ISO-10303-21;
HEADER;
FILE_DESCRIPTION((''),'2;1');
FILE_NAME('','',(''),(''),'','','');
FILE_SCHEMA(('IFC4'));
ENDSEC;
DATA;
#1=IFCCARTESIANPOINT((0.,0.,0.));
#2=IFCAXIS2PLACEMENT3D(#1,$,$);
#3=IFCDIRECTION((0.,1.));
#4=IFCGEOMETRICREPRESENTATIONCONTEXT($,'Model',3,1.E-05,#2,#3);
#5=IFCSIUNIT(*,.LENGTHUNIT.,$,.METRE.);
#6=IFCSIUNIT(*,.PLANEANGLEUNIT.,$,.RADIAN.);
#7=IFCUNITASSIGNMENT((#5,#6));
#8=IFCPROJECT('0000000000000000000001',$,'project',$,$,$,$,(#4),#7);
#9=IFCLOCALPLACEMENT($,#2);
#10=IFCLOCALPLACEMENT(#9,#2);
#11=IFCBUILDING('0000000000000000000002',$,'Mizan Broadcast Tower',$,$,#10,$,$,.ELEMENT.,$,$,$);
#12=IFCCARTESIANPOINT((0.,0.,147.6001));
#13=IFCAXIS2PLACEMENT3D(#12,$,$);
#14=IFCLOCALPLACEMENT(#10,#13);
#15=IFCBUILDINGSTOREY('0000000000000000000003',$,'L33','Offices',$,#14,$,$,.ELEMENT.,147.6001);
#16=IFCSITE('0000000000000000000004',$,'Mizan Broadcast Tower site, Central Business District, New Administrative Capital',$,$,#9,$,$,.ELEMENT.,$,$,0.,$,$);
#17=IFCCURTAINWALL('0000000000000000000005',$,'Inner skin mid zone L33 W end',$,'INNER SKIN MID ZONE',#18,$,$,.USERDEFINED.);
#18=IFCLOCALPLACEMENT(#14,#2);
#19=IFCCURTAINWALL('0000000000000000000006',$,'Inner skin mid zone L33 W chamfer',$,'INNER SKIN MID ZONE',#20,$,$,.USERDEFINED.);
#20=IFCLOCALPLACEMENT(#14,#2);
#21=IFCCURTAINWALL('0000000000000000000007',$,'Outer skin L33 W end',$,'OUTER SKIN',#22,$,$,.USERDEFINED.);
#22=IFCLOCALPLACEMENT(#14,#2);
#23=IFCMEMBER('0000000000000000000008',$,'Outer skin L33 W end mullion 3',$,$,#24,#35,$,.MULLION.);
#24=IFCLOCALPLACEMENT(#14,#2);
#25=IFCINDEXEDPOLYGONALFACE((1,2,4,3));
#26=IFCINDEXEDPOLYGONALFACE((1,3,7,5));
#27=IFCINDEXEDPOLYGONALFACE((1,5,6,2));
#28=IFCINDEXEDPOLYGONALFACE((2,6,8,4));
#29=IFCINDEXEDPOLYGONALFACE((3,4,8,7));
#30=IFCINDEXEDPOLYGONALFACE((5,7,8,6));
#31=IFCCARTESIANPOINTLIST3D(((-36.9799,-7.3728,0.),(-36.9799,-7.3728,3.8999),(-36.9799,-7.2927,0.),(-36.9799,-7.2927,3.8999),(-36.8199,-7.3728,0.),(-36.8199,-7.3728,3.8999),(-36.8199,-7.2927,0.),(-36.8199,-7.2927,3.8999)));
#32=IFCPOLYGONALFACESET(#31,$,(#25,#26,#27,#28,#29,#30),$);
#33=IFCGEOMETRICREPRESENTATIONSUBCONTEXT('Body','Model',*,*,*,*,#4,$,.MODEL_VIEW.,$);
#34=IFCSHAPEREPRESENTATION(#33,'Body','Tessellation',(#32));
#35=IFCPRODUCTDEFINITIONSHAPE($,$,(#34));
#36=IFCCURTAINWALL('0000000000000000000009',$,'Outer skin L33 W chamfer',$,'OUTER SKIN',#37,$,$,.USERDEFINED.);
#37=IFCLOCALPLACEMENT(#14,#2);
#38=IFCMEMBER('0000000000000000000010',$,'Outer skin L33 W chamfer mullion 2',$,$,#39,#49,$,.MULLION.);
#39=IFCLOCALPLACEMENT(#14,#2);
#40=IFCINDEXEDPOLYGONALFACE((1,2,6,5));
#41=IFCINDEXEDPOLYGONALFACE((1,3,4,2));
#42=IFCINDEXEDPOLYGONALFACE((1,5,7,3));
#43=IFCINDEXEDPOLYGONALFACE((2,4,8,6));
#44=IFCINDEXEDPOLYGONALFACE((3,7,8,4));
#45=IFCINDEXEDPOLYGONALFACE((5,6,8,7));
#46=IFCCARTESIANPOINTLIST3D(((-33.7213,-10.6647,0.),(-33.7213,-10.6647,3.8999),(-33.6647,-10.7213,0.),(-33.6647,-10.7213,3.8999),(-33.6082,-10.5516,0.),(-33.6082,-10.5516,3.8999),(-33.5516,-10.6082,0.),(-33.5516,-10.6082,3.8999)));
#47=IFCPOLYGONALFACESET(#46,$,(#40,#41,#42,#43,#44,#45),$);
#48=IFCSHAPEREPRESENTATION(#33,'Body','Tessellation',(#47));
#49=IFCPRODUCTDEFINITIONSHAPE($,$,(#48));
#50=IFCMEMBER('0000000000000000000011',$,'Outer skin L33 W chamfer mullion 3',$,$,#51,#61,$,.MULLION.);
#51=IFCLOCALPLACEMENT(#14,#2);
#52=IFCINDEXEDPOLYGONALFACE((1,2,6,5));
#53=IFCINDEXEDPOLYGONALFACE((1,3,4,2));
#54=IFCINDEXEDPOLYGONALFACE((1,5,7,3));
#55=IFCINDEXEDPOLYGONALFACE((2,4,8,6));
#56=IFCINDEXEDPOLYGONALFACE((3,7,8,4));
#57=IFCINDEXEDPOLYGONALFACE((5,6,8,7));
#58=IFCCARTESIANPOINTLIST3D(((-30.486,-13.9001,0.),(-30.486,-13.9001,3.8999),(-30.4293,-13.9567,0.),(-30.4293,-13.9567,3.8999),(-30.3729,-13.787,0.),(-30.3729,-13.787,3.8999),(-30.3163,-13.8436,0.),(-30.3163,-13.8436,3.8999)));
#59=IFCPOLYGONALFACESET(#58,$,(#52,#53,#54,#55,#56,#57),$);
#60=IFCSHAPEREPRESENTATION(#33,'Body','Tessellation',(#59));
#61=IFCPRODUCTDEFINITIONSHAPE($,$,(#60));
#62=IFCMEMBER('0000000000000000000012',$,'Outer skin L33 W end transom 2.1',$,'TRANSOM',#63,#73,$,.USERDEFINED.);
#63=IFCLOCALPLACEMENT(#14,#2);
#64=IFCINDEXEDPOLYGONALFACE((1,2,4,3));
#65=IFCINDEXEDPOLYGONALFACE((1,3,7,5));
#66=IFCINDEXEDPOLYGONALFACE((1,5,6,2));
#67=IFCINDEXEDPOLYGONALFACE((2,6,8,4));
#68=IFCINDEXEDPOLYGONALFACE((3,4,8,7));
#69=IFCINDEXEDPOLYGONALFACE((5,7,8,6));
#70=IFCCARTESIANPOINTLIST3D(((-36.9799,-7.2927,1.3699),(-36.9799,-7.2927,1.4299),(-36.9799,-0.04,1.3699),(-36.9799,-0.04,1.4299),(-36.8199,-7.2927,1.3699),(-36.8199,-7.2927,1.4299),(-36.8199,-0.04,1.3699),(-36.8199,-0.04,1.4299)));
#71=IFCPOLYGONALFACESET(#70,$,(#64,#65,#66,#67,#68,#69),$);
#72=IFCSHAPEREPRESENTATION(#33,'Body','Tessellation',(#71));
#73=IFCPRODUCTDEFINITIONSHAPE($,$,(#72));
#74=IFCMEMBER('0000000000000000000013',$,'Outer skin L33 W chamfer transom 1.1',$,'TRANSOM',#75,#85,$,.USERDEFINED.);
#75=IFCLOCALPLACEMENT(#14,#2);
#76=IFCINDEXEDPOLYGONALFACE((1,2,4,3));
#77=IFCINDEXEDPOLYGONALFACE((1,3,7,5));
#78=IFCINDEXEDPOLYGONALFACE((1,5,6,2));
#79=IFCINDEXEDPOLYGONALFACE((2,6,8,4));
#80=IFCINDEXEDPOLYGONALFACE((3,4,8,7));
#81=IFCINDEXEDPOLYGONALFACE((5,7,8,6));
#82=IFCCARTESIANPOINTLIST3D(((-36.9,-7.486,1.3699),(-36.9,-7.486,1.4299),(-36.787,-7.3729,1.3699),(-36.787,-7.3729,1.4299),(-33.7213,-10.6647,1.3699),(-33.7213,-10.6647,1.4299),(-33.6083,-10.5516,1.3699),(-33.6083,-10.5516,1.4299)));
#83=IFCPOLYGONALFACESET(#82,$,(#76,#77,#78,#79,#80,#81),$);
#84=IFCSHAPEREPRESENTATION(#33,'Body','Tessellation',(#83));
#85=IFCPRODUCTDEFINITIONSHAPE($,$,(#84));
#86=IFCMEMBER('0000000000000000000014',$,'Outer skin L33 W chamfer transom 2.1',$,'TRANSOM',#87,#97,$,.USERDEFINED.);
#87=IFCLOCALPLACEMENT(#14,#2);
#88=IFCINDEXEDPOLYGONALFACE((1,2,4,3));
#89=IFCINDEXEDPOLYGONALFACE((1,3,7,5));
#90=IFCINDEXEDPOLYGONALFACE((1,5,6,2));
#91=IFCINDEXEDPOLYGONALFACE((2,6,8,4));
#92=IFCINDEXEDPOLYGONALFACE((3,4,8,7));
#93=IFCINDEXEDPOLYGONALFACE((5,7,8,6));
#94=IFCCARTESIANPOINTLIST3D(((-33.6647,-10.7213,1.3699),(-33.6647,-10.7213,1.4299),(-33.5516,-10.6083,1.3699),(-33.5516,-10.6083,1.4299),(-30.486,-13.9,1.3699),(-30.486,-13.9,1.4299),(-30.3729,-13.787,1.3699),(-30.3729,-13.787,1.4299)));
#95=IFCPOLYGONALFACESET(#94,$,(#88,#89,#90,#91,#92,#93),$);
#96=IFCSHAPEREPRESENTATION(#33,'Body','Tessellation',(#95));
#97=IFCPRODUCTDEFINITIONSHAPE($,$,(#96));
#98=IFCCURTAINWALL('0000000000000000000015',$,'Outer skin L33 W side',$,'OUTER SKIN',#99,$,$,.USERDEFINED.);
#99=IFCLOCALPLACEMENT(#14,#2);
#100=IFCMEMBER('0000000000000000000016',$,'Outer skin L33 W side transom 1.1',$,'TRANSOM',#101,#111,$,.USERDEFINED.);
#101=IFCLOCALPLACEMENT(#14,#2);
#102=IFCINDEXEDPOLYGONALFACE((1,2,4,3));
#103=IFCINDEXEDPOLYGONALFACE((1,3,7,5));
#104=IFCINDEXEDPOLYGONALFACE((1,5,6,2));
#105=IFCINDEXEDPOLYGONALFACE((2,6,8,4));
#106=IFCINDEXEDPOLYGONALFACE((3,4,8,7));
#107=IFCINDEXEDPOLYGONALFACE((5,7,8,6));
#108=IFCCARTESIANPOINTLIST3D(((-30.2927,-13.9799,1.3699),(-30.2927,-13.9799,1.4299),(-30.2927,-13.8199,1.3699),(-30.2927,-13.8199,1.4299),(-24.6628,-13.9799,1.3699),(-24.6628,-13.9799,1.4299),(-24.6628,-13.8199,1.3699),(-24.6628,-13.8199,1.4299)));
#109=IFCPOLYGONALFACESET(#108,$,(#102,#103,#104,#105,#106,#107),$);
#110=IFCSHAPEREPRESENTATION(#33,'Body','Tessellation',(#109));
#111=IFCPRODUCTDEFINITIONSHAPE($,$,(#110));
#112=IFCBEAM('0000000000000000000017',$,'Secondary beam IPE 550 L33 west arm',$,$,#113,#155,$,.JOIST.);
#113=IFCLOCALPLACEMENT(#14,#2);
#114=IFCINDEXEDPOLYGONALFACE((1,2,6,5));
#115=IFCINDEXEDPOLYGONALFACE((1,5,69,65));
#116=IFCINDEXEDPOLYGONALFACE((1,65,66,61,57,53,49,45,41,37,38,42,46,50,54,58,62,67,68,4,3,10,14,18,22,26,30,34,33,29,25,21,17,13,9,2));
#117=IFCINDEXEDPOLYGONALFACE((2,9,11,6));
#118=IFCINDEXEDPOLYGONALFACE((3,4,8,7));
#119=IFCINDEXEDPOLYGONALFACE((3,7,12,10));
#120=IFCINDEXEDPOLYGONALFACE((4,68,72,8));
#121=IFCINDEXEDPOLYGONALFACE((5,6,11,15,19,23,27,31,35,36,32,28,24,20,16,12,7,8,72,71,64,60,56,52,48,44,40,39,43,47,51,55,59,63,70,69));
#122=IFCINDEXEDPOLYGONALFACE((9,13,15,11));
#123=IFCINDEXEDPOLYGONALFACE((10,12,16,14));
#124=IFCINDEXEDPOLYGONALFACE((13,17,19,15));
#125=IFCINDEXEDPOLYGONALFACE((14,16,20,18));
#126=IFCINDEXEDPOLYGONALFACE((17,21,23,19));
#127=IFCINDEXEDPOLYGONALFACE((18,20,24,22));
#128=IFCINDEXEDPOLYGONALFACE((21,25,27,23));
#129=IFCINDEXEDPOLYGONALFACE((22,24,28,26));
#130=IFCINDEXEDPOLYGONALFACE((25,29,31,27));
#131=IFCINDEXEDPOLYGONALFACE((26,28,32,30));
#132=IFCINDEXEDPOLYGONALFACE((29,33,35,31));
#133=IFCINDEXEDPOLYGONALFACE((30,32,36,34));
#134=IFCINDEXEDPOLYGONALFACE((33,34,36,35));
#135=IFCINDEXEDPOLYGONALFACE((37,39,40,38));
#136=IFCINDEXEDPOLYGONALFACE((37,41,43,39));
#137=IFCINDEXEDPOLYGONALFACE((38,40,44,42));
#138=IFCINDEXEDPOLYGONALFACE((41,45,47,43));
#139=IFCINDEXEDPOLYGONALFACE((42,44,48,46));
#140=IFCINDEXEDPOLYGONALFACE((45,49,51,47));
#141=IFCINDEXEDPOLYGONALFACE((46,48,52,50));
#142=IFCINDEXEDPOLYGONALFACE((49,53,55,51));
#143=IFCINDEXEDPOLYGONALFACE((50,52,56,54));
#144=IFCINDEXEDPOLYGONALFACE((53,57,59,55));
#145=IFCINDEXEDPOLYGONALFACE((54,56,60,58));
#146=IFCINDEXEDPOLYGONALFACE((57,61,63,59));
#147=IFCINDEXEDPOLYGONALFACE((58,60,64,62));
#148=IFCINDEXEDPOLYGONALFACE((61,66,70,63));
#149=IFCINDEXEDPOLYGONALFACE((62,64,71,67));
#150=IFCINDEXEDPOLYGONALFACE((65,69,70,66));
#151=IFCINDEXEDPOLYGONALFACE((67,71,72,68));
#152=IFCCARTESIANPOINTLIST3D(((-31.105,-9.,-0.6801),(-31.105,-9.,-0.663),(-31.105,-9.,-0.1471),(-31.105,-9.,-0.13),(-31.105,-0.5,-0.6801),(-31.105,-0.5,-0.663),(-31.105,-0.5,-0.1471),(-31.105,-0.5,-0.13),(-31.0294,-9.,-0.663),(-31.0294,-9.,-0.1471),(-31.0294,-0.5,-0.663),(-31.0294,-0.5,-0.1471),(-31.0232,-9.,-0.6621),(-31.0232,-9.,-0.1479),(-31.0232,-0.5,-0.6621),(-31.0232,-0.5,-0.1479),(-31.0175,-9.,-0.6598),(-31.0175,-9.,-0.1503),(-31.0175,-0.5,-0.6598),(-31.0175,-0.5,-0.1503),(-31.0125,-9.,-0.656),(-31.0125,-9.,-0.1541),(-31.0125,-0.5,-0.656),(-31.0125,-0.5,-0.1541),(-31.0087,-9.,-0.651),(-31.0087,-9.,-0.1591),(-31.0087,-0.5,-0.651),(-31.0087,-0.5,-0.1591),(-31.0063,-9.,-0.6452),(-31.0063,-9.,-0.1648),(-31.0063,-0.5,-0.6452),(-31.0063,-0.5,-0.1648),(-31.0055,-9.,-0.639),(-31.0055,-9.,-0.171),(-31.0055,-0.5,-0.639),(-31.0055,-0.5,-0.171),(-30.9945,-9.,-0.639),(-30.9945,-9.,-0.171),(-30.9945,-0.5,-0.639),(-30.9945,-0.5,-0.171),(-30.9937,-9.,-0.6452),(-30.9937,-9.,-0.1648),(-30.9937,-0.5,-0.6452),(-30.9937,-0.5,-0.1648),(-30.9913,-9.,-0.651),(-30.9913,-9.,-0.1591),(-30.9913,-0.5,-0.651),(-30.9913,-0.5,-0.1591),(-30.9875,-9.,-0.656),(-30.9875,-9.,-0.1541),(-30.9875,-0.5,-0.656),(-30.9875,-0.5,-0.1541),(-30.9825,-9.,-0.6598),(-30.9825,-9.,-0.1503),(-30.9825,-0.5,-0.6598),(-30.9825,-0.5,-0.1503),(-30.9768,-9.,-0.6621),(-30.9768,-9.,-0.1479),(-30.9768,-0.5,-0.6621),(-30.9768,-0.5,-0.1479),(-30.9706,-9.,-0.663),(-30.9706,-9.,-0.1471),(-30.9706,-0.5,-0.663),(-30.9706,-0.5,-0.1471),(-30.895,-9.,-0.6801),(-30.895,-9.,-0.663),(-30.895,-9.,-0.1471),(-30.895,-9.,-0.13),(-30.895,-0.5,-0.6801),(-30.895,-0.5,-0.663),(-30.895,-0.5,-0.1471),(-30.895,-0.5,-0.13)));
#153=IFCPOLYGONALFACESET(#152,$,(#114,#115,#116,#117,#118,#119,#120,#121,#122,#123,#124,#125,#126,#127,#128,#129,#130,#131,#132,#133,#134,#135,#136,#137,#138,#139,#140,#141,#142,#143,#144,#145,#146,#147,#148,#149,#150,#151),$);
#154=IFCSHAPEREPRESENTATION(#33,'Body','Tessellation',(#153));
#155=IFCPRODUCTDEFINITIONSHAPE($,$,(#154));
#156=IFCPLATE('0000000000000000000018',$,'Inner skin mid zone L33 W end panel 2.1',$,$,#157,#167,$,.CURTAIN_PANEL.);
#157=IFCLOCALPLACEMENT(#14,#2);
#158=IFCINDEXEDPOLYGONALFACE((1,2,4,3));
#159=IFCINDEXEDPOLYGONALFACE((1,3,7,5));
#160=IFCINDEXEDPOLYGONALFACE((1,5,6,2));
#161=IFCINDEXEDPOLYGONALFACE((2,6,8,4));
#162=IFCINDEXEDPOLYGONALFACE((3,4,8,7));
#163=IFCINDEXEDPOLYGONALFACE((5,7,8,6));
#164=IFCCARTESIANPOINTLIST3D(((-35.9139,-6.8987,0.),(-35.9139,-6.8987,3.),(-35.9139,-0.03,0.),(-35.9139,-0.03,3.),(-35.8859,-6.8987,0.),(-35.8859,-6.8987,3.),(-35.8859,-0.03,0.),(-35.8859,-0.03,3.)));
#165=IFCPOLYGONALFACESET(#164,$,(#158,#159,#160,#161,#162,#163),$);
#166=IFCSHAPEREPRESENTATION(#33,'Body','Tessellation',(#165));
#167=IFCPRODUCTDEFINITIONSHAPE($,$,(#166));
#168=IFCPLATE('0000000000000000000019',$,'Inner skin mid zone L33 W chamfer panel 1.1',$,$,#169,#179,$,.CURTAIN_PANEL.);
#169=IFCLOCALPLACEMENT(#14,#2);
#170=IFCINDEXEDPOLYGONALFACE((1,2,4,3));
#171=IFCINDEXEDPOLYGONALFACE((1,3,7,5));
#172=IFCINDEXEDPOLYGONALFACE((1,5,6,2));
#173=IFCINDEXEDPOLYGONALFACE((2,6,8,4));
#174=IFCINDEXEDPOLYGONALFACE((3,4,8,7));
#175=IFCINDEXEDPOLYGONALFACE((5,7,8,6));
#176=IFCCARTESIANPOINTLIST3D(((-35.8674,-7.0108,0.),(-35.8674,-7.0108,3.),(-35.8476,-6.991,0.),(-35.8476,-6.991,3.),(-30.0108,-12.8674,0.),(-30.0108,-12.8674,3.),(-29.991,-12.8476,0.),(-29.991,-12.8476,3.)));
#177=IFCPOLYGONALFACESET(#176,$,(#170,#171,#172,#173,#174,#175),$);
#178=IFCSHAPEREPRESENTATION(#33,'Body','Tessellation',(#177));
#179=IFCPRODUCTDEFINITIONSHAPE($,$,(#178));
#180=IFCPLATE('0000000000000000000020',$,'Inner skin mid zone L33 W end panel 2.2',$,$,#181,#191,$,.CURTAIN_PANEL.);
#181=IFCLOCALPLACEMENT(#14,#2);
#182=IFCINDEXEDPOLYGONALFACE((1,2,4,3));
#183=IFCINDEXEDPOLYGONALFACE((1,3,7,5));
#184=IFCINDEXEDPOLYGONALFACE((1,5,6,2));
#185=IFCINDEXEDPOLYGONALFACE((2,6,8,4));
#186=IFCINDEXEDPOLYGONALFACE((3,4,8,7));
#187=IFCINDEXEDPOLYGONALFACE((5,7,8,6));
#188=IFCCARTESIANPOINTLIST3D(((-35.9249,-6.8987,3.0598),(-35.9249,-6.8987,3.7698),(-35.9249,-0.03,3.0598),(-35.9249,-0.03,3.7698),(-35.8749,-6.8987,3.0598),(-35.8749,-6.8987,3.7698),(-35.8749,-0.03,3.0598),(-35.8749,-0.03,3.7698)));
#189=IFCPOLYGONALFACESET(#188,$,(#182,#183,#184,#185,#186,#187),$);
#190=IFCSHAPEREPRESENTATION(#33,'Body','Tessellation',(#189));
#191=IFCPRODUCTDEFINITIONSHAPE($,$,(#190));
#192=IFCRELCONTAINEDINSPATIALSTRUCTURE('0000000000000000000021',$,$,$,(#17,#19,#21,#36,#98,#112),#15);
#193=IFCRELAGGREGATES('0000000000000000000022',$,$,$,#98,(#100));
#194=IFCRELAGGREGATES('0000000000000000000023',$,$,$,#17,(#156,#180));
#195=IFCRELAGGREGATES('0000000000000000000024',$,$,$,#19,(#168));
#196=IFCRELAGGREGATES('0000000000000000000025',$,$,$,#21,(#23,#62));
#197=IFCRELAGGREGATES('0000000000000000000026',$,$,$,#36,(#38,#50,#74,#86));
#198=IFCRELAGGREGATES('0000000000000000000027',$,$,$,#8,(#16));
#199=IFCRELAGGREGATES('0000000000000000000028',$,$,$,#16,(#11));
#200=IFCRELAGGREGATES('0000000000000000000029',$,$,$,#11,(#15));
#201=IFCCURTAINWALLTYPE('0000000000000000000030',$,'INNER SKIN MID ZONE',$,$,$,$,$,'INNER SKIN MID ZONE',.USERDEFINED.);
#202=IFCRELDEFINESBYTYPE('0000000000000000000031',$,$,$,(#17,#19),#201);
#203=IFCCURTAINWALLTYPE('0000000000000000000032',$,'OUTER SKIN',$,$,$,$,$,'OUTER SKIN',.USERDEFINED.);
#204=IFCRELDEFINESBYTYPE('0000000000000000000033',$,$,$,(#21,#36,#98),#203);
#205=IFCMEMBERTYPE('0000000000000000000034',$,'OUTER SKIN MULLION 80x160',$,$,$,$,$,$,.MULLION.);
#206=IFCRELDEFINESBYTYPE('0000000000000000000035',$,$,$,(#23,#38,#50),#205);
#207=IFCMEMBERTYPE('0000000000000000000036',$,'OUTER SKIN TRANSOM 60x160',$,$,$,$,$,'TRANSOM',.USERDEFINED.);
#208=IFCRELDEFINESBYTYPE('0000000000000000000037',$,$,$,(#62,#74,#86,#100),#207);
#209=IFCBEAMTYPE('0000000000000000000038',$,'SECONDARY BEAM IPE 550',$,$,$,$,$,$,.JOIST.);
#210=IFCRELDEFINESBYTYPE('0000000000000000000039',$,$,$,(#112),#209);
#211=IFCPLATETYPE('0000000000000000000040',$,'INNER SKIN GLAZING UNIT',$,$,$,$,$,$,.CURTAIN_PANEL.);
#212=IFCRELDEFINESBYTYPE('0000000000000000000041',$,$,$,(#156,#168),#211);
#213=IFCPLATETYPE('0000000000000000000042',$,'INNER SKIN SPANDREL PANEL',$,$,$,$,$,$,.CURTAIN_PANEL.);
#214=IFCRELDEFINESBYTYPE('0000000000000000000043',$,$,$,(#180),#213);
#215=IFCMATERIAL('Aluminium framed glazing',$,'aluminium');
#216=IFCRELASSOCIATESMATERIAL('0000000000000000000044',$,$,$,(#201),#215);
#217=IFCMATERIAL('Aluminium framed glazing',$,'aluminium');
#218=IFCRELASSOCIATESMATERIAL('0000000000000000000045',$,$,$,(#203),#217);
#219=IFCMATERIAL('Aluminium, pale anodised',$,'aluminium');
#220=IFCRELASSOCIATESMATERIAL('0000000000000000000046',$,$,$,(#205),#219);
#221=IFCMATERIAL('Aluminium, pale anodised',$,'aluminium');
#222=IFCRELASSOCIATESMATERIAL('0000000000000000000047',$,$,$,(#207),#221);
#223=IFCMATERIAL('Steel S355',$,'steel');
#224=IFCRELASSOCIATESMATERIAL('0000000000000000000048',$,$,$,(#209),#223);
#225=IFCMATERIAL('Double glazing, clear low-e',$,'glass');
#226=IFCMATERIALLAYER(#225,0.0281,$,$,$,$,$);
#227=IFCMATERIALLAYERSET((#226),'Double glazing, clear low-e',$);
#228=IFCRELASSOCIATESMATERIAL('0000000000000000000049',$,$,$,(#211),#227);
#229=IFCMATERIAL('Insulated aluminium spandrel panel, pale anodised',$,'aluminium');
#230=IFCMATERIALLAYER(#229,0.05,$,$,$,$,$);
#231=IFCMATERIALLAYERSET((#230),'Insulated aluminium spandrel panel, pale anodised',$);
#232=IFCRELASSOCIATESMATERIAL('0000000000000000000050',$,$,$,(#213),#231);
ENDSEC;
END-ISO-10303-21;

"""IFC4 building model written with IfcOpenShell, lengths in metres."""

from ifc_helpers import new_model, si_unit, direction, frame, origin, origin_2d, place, context, subcontext, project, spatial, rectangle, i_section, extrude, material, layer, layer_set, material_profile, profile_set, type_object, element, aggregate, save


model = new_model("IFC4")

# Units and contexts
model_context = context("Model", 3, precision=1e-05, world=origin(), true_north=direction((0.0, 1.0)))
body_context = subcontext(model_context, "Body", "Model", "MODEL_VIEW")
ifc_project = project(units=[si_unit("LENGTHUNIT", "METRE"), si_unit("PLANEANGLEUNIT", "RADIAN")], contexts=[model_context])

# Site, building, storey
site_placement = place(None, origin())
site = spatial("IfcSite", under=ifc_project, at=site_placement, Name="Mizan Broadcast Tower site, Central Business District, New Administrative Capital", CompositionType="ELEMENT", RefElevation=0.0)
building_placement = place(site_placement, origin())
building = spatial("IfcBuilding", under=site, at=building_placement, Name="Mizan Broadcast Tower", CompositionType="ELEMENT")
storey_placement = place(building_placement, frame((0.0, 0.0, 147.6001)))
storey = spatial("IfcBuildingStorey", under=building, at=storey_placement, Name="L33", Description="Offices", CompositionType="ELEMENT", Elevation=147.6001)

# Curtain wall
ifc_material_1 = material(Name="Aluminium framed glazing", Category="aluminium")
curtain_wall_type_1 = type_object("IfcCurtainWallType", Name="INNER SKIN MID ZONE", ElementType="INNER SKIN MID ZONE", PredefinedType="USERDEFINED", material=ifc_material_1)
curtain_wall_1_placement = place(storey_placement, origin())
curtain_wall_1 = element("IfcCurtainWall", 1, at=curtain_wall_1_placement, inside=storey, type_object=curtain_wall_type_1, Name="Inner skin mid zone L33 W end", ObjectType="INNER SKIN MID ZONE", PredefinedType="USERDEFINED")

# Curtain wall
curtain_wall_2_placement = place(storey_placement, origin())
curtain_wall_2 = element("IfcCurtainWall", 2, at=curtain_wall_2_placement, inside=storey, type_object=curtain_wall_type_1, Name="Inner skin mid zone L33 W chamfer", ObjectType="INNER SKIN MID ZONE", PredefinedType="USERDEFINED")

# Curtain walls, members
ifc_material_2 = material(Name="Aluminium framed glazing", Category="aluminium")
curtain_wall_type_2 = type_object("IfcCurtainWallType", Name="OUTER SKIN", ElementType="OUTER SKIN", PredefinedType="USERDEFINED", material=ifc_material_2)
curtain_wall_3_placement = place(storey_placement, origin())
curtain_wall_3 = element("IfcCurtainWall", 3, at=curtain_wall_3_placement, inside=storey, type_object=curtain_wall_type_2, Name="Outer skin L33 W end", ObjectType="OUTER SKIN", PredefinedType="USERDEFINED")
ifc_material_3 = material(Name="Aluminium, pale anodised", Category="aluminium")
ifc_material_profile_1 = material_profile(ifc_material_3, rectangle(XDim=0.1599, YDim=0.0801, at=origin_2d()), Name="MULLION 160x80")
ifc_profile_set_1 = profile_set([ifc_material_profile_1], Name="Aluminium, pale anodised")
member_type_1 = type_object("IfcMemberType", Name="OUTER SKIN MULLION 80x160", PredefinedType="MULLION", material=ifc_profile_set_1)
member_1_placement = place(storey_placement, frame((-36.8999, -7.3328, 0.0), z_axis=(0.0, 0.0, 1.0), x_axis=(1.0, 0.0, 0.0)))
member_1 = element("IfcMember", 4, at=member_1_placement, type_object=member_type_1, Name="Outer skin L33 W end mullion 3", PredefinedType="MULLION", context=body_context, shape_type="SweptSolid", body=[
    extrude(rectangle(XDim=0.1599, YDim=0.0801, at=origin_2d()), origin(), (0.0, 0.0, 1.0), 3.8999),
])
curtain_wall_4_placement = place(storey_placement, origin())
curtain_wall_4 = element("IfcCurtainWall", 5, at=curtain_wall_4_placement, inside=storey, type_object=curtain_wall_type_2, Name="Outer skin L33 W chamfer", ObjectType="OUTER SKIN", PredefinedType="USERDEFINED")
member_2_placement = place(storey_placement, frame((-33.6365, -10.6365, 0.0), z_axis=(0.0, 0.0, 1.0), x_axis=(0.707107, 0.707107, 0.0)))
member_2 = element("IfcMember", 6, at=member_2_placement, type_object=member_type_1, Name="Outer skin L33 W chamfer mullion 2", PredefinedType="MULLION", context=body_context, shape_type="SweptSolid", body=[
    extrude(rectangle(XDim=0.1599, YDim=0.0801, at=origin_2d()), origin(), (0.0, 0.0, 1.0), 3.8999),
])
member_3_placement = place(storey_placement, frame((-30.4011, -13.8718, 0.0), z_axis=(0.0, 0.0, 1.0), x_axis=(0.707107, 0.707107, 0.0)))
member_3 = element("IfcMember", 7, at=member_3_placement, type_object=member_type_1, Name="Outer skin L33 W chamfer mullion 3", PredefinedType="MULLION", context=body_context, shape_type="SweptSolid", body=[
    extrude(rectangle(XDim=0.1599, YDim=0.0801, at=origin_2d()), origin(), (0.0, 0.0, 1.0), 3.8999),
])

# Members
ifc_material_4 = material(Name="Aluminium, pale anodised", Category="aluminium")
ifc_material_profile_2 = material_profile(ifc_material_4, rectangle(XDim=0.1599, YDim=0.0601, at=origin_2d()), Name="TRANSOM 160x60")
ifc_profile_set_2 = profile_set([ifc_material_profile_2], Name="Aluminium, pale anodised")
member_type_2 = type_object("IfcMemberType", Name="OUTER SKIN TRANSOM 60x160", ElementType="TRANSOM", PredefinedType="USERDEFINED", material=ifc_profile_set_2)
member_4_placement = place(storey_placement, frame((-36.8999, -0.04, 1.3999), z_axis=(0.0, -1.0, 0.0), x_axis=(1.0, 0.0, 0.0)))
member_4 = element("IfcMember", 8, at=member_4_placement, type_object=member_type_2, Name="Outer skin L33 W end transom 2.1", ObjectType="TRANSOM", PredefinedType="USERDEFINED", context=body_context, shape_type="SweptSolid", body=[
    extrude(rectangle(XDim=0.1599, YDim=0.0601, at=origin_2d()), origin(), (0.0, 0.0, 1.0), 7.2527),
])
member_5_placement = place(storey_placement, frame((-36.8435, -7.4294, 1.3999), z_axis=(0.707107, -0.707107, 0.0), x_axis=(0.707107, 0.707107, 0.0)))
member_5 = element("IfcMember", 9, at=member_5_placement, type_object=member_type_2, Name="Outer skin L33 W chamfer transom 1.1", ObjectType="TRANSOM", PredefinedType="USERDEFINED", context=body_context, shape_type="SweptSolid", body=[
    extrude(rectangle(XDim=0.1599, YDim=0.0601, at=origin_2d()), origin(), (0.0, 0.0, 1.0), 4.4954),
])
member_6_placement = place(storey_placement, frame((-33.6082, -10.6648, 1.3999), z_axis=(0.707107, -0.707107, 0.0), x_axis=(0.707107, 0.707107, 0.0)))
member_6 = element("IfcMember", 10, at=member_6_placement, type_object=member_type_2, Name="Outer skin L33 W chamfer transom 2.1", ObjectType="TRANSOM", PredefinedType="USERDEFINED", context=body_context, shape_type="SweptSolid", body=[
    extrude(rectangle(XDim=0.1599, YDim=0.0601, at=origin_2d()), origin(), (0.0, 0.0, 1.0), 4.4954),
])

# Curtain wall, member
curtain_wall_5_placement = place(storey_placement, origin())
curtain_wall_5 = element("IfcCurtainWall", 11, at=curtain_wall_5_placement, inside=storey, type_object=curtain_wall_type_2, Name="Outer skin L33 W side", ObjectType="OUTER SKIN", PredefinedType="USERDEFINED")
member_7_placement = place(storey_placement, frame((-30.2927, -13.8999, 1.3999), z_axis=(1.0, 0.0, 0.0), x_axis=(0.0, 1.0, 0.0)))
member_7 = element("IfcMember", 12, at=member_7_placement, type_object=member_type_2, Name="Outer skin L33 W side transom 1.1", ObjectType="TRANSOM", PredefinedType="USERDEFINED", context=body_context, shape_type="SweptSolid", body=[
    extrude(rectangle(XDim=0.1599, YDim=0.0601, at=origin_2d()), origin(), (0.0, 0.0, 1.0), 5.6299),
])
aggregate(curtain_wall_5, [member_7])

# Beam
ifc_material_5 = material(Name="Steel S355", Category="steel")
ifc_material_profile_3 = material_profile(ifc_material_5, i_section(OverallWidth=0.21, OverallDepth=0.55, WebThickness=0.011, FlangeThickness=0.0171, FilletRadius=0.0239, at=origin_2d()), Name="IPE 550")
ifc_profile_set_3 = profile_set([ifc_material_profile_3], Name="Steel S355")
beam_type_1 = type_object("IfcBeamType", Name="SECONDARY BEAM IPE 550", PredefinedType="JOIST", material=ifc_profile_set_3)
beam_1_placement = place(storey_placement, frame((-31.0, -9.0, -0.405), z_axis=(0.0, 1.0, 0.0), x_axis=(-1.0, 0.0, 0.0)))
element("IfcBeam", 13, at=beam_1_placement, inside=storey, type_object=beam_type_1, Name="Secondary beam IPE 550 L33 west arm", PredefinedType="JOIST", context=body_context, shape_type="SweptSolid", body=[
    extrude(i_section(OverallWidth=0.21, OverallDepth=0.55, WebThickness=0.011, FlangeThickness=0.0171, FilletRadius=0.0239, at=origin_2d()), origin(), (0.0, 0.0, 1.0), 8.5),
])

# Plates
ifc_material_6 = material(Name="Double glazing, clear low-e", Category="glass")
ifc_layer_1 = layer(ifc_material_6, 0.0281)
ifc_layer_set_1 = layer_set([ifc_layer_1], Name="Double glazing, clear low-e")
plate_type_1 = type_object("IfcPlateType", Name="INNER SKIN GLAZING UNIT", PredefinedType="CURTAIN_PANEL", material=ifc_layer_set_1)
plate_1_placement = place(storey_placement, frame((-35.8999, -3.4644, 0.0), z_axis=(0.0, 0.0, 1.0), x_axis=(0.0, -1.0, 0.0)))
plate_1 = element("IfcPlate", 14, at=plate_1_placement, type_object=plate_type_1, Name="Inner skin mid zone L33 W end panel 2.1", PredefinedType="CURTAIN_PANEL", context=body_context, shape_type="SweptSolid", body=[
    extrude(rectangle(XDim=6.8687, YDim=0.0281, at=origin_2d()), origin(), (0.0, 0.0, 1.0), 3.0),
])
plate_2_placement = place(storey_placement, frame((-32.9292, -9.9292, 0.0), z_axis=(0.0, 0.0, 1.0), x_axis=(0.707107, -0.707107, 0.0)))
plate_2 = element("IfcPlate", 15, at=plate_2_placement, type_object=plate_type_1, Name="Inner skin mid zone L33 W chamfer panel 1.1", PredefinedType="CURTAIN_PANEL", context=body_context, shape_type="SweptSolid", body=[
    extrude(rectangle(XDim=8.2825, YDim=0.0281, at=origin_2d()), origin(), (0.0, 0.0, 1.0), 3.0),
])
ifc_material_7 = material(Name="Insulated aluminium spandrel panel, pale anodised", Category="aluminium")
ifc_layer_2 = layer(ifc_material_7, 0.05)
ifc_layer_set_2 = layer_set([ifc_layer_2], Name="Insulated aluminium spandrel panel, pale anodised")
plate_type_2 = type_object("IfcPlateType", Name="INNER SKIN SPANDREL PANEL", PredefinedType="CURTAIN_PANEL", material=ifc_layer_set_2)
plate_3_placement = place(storey_placement, frame((-35.8999, -3.4644, 3.0598), z_axis=(0.0, 0.0, 1.0), x_axis=(0.0, -1.0, 0.0)))
plate_3 = element("IfcPlate", 16, at=plate_3_placement, type_object=plate_type_2, Name="Inner skin mid zone L33 W end panel 2.2", PredefinedType="CURTAIN_PANEL", context=body_context, shape_type="SweptSolid", body=[
    extrude(rectangle(XDim=6.8687, YDim=0.05, at=origin_2d()), origin(), (0.0, 0.0, 1.0), 0.71),
])
aggregate(curtain_wall_1, [plate_1, plate_3])
aggregate(curtain_wall_2, [plate_2])
aggregate(curtain_wall_3, [member_1, member_4])
aggregate(curtain_wall_4, [member_2, member_3, member_5, member_6])

save(model, "model.ifc")
